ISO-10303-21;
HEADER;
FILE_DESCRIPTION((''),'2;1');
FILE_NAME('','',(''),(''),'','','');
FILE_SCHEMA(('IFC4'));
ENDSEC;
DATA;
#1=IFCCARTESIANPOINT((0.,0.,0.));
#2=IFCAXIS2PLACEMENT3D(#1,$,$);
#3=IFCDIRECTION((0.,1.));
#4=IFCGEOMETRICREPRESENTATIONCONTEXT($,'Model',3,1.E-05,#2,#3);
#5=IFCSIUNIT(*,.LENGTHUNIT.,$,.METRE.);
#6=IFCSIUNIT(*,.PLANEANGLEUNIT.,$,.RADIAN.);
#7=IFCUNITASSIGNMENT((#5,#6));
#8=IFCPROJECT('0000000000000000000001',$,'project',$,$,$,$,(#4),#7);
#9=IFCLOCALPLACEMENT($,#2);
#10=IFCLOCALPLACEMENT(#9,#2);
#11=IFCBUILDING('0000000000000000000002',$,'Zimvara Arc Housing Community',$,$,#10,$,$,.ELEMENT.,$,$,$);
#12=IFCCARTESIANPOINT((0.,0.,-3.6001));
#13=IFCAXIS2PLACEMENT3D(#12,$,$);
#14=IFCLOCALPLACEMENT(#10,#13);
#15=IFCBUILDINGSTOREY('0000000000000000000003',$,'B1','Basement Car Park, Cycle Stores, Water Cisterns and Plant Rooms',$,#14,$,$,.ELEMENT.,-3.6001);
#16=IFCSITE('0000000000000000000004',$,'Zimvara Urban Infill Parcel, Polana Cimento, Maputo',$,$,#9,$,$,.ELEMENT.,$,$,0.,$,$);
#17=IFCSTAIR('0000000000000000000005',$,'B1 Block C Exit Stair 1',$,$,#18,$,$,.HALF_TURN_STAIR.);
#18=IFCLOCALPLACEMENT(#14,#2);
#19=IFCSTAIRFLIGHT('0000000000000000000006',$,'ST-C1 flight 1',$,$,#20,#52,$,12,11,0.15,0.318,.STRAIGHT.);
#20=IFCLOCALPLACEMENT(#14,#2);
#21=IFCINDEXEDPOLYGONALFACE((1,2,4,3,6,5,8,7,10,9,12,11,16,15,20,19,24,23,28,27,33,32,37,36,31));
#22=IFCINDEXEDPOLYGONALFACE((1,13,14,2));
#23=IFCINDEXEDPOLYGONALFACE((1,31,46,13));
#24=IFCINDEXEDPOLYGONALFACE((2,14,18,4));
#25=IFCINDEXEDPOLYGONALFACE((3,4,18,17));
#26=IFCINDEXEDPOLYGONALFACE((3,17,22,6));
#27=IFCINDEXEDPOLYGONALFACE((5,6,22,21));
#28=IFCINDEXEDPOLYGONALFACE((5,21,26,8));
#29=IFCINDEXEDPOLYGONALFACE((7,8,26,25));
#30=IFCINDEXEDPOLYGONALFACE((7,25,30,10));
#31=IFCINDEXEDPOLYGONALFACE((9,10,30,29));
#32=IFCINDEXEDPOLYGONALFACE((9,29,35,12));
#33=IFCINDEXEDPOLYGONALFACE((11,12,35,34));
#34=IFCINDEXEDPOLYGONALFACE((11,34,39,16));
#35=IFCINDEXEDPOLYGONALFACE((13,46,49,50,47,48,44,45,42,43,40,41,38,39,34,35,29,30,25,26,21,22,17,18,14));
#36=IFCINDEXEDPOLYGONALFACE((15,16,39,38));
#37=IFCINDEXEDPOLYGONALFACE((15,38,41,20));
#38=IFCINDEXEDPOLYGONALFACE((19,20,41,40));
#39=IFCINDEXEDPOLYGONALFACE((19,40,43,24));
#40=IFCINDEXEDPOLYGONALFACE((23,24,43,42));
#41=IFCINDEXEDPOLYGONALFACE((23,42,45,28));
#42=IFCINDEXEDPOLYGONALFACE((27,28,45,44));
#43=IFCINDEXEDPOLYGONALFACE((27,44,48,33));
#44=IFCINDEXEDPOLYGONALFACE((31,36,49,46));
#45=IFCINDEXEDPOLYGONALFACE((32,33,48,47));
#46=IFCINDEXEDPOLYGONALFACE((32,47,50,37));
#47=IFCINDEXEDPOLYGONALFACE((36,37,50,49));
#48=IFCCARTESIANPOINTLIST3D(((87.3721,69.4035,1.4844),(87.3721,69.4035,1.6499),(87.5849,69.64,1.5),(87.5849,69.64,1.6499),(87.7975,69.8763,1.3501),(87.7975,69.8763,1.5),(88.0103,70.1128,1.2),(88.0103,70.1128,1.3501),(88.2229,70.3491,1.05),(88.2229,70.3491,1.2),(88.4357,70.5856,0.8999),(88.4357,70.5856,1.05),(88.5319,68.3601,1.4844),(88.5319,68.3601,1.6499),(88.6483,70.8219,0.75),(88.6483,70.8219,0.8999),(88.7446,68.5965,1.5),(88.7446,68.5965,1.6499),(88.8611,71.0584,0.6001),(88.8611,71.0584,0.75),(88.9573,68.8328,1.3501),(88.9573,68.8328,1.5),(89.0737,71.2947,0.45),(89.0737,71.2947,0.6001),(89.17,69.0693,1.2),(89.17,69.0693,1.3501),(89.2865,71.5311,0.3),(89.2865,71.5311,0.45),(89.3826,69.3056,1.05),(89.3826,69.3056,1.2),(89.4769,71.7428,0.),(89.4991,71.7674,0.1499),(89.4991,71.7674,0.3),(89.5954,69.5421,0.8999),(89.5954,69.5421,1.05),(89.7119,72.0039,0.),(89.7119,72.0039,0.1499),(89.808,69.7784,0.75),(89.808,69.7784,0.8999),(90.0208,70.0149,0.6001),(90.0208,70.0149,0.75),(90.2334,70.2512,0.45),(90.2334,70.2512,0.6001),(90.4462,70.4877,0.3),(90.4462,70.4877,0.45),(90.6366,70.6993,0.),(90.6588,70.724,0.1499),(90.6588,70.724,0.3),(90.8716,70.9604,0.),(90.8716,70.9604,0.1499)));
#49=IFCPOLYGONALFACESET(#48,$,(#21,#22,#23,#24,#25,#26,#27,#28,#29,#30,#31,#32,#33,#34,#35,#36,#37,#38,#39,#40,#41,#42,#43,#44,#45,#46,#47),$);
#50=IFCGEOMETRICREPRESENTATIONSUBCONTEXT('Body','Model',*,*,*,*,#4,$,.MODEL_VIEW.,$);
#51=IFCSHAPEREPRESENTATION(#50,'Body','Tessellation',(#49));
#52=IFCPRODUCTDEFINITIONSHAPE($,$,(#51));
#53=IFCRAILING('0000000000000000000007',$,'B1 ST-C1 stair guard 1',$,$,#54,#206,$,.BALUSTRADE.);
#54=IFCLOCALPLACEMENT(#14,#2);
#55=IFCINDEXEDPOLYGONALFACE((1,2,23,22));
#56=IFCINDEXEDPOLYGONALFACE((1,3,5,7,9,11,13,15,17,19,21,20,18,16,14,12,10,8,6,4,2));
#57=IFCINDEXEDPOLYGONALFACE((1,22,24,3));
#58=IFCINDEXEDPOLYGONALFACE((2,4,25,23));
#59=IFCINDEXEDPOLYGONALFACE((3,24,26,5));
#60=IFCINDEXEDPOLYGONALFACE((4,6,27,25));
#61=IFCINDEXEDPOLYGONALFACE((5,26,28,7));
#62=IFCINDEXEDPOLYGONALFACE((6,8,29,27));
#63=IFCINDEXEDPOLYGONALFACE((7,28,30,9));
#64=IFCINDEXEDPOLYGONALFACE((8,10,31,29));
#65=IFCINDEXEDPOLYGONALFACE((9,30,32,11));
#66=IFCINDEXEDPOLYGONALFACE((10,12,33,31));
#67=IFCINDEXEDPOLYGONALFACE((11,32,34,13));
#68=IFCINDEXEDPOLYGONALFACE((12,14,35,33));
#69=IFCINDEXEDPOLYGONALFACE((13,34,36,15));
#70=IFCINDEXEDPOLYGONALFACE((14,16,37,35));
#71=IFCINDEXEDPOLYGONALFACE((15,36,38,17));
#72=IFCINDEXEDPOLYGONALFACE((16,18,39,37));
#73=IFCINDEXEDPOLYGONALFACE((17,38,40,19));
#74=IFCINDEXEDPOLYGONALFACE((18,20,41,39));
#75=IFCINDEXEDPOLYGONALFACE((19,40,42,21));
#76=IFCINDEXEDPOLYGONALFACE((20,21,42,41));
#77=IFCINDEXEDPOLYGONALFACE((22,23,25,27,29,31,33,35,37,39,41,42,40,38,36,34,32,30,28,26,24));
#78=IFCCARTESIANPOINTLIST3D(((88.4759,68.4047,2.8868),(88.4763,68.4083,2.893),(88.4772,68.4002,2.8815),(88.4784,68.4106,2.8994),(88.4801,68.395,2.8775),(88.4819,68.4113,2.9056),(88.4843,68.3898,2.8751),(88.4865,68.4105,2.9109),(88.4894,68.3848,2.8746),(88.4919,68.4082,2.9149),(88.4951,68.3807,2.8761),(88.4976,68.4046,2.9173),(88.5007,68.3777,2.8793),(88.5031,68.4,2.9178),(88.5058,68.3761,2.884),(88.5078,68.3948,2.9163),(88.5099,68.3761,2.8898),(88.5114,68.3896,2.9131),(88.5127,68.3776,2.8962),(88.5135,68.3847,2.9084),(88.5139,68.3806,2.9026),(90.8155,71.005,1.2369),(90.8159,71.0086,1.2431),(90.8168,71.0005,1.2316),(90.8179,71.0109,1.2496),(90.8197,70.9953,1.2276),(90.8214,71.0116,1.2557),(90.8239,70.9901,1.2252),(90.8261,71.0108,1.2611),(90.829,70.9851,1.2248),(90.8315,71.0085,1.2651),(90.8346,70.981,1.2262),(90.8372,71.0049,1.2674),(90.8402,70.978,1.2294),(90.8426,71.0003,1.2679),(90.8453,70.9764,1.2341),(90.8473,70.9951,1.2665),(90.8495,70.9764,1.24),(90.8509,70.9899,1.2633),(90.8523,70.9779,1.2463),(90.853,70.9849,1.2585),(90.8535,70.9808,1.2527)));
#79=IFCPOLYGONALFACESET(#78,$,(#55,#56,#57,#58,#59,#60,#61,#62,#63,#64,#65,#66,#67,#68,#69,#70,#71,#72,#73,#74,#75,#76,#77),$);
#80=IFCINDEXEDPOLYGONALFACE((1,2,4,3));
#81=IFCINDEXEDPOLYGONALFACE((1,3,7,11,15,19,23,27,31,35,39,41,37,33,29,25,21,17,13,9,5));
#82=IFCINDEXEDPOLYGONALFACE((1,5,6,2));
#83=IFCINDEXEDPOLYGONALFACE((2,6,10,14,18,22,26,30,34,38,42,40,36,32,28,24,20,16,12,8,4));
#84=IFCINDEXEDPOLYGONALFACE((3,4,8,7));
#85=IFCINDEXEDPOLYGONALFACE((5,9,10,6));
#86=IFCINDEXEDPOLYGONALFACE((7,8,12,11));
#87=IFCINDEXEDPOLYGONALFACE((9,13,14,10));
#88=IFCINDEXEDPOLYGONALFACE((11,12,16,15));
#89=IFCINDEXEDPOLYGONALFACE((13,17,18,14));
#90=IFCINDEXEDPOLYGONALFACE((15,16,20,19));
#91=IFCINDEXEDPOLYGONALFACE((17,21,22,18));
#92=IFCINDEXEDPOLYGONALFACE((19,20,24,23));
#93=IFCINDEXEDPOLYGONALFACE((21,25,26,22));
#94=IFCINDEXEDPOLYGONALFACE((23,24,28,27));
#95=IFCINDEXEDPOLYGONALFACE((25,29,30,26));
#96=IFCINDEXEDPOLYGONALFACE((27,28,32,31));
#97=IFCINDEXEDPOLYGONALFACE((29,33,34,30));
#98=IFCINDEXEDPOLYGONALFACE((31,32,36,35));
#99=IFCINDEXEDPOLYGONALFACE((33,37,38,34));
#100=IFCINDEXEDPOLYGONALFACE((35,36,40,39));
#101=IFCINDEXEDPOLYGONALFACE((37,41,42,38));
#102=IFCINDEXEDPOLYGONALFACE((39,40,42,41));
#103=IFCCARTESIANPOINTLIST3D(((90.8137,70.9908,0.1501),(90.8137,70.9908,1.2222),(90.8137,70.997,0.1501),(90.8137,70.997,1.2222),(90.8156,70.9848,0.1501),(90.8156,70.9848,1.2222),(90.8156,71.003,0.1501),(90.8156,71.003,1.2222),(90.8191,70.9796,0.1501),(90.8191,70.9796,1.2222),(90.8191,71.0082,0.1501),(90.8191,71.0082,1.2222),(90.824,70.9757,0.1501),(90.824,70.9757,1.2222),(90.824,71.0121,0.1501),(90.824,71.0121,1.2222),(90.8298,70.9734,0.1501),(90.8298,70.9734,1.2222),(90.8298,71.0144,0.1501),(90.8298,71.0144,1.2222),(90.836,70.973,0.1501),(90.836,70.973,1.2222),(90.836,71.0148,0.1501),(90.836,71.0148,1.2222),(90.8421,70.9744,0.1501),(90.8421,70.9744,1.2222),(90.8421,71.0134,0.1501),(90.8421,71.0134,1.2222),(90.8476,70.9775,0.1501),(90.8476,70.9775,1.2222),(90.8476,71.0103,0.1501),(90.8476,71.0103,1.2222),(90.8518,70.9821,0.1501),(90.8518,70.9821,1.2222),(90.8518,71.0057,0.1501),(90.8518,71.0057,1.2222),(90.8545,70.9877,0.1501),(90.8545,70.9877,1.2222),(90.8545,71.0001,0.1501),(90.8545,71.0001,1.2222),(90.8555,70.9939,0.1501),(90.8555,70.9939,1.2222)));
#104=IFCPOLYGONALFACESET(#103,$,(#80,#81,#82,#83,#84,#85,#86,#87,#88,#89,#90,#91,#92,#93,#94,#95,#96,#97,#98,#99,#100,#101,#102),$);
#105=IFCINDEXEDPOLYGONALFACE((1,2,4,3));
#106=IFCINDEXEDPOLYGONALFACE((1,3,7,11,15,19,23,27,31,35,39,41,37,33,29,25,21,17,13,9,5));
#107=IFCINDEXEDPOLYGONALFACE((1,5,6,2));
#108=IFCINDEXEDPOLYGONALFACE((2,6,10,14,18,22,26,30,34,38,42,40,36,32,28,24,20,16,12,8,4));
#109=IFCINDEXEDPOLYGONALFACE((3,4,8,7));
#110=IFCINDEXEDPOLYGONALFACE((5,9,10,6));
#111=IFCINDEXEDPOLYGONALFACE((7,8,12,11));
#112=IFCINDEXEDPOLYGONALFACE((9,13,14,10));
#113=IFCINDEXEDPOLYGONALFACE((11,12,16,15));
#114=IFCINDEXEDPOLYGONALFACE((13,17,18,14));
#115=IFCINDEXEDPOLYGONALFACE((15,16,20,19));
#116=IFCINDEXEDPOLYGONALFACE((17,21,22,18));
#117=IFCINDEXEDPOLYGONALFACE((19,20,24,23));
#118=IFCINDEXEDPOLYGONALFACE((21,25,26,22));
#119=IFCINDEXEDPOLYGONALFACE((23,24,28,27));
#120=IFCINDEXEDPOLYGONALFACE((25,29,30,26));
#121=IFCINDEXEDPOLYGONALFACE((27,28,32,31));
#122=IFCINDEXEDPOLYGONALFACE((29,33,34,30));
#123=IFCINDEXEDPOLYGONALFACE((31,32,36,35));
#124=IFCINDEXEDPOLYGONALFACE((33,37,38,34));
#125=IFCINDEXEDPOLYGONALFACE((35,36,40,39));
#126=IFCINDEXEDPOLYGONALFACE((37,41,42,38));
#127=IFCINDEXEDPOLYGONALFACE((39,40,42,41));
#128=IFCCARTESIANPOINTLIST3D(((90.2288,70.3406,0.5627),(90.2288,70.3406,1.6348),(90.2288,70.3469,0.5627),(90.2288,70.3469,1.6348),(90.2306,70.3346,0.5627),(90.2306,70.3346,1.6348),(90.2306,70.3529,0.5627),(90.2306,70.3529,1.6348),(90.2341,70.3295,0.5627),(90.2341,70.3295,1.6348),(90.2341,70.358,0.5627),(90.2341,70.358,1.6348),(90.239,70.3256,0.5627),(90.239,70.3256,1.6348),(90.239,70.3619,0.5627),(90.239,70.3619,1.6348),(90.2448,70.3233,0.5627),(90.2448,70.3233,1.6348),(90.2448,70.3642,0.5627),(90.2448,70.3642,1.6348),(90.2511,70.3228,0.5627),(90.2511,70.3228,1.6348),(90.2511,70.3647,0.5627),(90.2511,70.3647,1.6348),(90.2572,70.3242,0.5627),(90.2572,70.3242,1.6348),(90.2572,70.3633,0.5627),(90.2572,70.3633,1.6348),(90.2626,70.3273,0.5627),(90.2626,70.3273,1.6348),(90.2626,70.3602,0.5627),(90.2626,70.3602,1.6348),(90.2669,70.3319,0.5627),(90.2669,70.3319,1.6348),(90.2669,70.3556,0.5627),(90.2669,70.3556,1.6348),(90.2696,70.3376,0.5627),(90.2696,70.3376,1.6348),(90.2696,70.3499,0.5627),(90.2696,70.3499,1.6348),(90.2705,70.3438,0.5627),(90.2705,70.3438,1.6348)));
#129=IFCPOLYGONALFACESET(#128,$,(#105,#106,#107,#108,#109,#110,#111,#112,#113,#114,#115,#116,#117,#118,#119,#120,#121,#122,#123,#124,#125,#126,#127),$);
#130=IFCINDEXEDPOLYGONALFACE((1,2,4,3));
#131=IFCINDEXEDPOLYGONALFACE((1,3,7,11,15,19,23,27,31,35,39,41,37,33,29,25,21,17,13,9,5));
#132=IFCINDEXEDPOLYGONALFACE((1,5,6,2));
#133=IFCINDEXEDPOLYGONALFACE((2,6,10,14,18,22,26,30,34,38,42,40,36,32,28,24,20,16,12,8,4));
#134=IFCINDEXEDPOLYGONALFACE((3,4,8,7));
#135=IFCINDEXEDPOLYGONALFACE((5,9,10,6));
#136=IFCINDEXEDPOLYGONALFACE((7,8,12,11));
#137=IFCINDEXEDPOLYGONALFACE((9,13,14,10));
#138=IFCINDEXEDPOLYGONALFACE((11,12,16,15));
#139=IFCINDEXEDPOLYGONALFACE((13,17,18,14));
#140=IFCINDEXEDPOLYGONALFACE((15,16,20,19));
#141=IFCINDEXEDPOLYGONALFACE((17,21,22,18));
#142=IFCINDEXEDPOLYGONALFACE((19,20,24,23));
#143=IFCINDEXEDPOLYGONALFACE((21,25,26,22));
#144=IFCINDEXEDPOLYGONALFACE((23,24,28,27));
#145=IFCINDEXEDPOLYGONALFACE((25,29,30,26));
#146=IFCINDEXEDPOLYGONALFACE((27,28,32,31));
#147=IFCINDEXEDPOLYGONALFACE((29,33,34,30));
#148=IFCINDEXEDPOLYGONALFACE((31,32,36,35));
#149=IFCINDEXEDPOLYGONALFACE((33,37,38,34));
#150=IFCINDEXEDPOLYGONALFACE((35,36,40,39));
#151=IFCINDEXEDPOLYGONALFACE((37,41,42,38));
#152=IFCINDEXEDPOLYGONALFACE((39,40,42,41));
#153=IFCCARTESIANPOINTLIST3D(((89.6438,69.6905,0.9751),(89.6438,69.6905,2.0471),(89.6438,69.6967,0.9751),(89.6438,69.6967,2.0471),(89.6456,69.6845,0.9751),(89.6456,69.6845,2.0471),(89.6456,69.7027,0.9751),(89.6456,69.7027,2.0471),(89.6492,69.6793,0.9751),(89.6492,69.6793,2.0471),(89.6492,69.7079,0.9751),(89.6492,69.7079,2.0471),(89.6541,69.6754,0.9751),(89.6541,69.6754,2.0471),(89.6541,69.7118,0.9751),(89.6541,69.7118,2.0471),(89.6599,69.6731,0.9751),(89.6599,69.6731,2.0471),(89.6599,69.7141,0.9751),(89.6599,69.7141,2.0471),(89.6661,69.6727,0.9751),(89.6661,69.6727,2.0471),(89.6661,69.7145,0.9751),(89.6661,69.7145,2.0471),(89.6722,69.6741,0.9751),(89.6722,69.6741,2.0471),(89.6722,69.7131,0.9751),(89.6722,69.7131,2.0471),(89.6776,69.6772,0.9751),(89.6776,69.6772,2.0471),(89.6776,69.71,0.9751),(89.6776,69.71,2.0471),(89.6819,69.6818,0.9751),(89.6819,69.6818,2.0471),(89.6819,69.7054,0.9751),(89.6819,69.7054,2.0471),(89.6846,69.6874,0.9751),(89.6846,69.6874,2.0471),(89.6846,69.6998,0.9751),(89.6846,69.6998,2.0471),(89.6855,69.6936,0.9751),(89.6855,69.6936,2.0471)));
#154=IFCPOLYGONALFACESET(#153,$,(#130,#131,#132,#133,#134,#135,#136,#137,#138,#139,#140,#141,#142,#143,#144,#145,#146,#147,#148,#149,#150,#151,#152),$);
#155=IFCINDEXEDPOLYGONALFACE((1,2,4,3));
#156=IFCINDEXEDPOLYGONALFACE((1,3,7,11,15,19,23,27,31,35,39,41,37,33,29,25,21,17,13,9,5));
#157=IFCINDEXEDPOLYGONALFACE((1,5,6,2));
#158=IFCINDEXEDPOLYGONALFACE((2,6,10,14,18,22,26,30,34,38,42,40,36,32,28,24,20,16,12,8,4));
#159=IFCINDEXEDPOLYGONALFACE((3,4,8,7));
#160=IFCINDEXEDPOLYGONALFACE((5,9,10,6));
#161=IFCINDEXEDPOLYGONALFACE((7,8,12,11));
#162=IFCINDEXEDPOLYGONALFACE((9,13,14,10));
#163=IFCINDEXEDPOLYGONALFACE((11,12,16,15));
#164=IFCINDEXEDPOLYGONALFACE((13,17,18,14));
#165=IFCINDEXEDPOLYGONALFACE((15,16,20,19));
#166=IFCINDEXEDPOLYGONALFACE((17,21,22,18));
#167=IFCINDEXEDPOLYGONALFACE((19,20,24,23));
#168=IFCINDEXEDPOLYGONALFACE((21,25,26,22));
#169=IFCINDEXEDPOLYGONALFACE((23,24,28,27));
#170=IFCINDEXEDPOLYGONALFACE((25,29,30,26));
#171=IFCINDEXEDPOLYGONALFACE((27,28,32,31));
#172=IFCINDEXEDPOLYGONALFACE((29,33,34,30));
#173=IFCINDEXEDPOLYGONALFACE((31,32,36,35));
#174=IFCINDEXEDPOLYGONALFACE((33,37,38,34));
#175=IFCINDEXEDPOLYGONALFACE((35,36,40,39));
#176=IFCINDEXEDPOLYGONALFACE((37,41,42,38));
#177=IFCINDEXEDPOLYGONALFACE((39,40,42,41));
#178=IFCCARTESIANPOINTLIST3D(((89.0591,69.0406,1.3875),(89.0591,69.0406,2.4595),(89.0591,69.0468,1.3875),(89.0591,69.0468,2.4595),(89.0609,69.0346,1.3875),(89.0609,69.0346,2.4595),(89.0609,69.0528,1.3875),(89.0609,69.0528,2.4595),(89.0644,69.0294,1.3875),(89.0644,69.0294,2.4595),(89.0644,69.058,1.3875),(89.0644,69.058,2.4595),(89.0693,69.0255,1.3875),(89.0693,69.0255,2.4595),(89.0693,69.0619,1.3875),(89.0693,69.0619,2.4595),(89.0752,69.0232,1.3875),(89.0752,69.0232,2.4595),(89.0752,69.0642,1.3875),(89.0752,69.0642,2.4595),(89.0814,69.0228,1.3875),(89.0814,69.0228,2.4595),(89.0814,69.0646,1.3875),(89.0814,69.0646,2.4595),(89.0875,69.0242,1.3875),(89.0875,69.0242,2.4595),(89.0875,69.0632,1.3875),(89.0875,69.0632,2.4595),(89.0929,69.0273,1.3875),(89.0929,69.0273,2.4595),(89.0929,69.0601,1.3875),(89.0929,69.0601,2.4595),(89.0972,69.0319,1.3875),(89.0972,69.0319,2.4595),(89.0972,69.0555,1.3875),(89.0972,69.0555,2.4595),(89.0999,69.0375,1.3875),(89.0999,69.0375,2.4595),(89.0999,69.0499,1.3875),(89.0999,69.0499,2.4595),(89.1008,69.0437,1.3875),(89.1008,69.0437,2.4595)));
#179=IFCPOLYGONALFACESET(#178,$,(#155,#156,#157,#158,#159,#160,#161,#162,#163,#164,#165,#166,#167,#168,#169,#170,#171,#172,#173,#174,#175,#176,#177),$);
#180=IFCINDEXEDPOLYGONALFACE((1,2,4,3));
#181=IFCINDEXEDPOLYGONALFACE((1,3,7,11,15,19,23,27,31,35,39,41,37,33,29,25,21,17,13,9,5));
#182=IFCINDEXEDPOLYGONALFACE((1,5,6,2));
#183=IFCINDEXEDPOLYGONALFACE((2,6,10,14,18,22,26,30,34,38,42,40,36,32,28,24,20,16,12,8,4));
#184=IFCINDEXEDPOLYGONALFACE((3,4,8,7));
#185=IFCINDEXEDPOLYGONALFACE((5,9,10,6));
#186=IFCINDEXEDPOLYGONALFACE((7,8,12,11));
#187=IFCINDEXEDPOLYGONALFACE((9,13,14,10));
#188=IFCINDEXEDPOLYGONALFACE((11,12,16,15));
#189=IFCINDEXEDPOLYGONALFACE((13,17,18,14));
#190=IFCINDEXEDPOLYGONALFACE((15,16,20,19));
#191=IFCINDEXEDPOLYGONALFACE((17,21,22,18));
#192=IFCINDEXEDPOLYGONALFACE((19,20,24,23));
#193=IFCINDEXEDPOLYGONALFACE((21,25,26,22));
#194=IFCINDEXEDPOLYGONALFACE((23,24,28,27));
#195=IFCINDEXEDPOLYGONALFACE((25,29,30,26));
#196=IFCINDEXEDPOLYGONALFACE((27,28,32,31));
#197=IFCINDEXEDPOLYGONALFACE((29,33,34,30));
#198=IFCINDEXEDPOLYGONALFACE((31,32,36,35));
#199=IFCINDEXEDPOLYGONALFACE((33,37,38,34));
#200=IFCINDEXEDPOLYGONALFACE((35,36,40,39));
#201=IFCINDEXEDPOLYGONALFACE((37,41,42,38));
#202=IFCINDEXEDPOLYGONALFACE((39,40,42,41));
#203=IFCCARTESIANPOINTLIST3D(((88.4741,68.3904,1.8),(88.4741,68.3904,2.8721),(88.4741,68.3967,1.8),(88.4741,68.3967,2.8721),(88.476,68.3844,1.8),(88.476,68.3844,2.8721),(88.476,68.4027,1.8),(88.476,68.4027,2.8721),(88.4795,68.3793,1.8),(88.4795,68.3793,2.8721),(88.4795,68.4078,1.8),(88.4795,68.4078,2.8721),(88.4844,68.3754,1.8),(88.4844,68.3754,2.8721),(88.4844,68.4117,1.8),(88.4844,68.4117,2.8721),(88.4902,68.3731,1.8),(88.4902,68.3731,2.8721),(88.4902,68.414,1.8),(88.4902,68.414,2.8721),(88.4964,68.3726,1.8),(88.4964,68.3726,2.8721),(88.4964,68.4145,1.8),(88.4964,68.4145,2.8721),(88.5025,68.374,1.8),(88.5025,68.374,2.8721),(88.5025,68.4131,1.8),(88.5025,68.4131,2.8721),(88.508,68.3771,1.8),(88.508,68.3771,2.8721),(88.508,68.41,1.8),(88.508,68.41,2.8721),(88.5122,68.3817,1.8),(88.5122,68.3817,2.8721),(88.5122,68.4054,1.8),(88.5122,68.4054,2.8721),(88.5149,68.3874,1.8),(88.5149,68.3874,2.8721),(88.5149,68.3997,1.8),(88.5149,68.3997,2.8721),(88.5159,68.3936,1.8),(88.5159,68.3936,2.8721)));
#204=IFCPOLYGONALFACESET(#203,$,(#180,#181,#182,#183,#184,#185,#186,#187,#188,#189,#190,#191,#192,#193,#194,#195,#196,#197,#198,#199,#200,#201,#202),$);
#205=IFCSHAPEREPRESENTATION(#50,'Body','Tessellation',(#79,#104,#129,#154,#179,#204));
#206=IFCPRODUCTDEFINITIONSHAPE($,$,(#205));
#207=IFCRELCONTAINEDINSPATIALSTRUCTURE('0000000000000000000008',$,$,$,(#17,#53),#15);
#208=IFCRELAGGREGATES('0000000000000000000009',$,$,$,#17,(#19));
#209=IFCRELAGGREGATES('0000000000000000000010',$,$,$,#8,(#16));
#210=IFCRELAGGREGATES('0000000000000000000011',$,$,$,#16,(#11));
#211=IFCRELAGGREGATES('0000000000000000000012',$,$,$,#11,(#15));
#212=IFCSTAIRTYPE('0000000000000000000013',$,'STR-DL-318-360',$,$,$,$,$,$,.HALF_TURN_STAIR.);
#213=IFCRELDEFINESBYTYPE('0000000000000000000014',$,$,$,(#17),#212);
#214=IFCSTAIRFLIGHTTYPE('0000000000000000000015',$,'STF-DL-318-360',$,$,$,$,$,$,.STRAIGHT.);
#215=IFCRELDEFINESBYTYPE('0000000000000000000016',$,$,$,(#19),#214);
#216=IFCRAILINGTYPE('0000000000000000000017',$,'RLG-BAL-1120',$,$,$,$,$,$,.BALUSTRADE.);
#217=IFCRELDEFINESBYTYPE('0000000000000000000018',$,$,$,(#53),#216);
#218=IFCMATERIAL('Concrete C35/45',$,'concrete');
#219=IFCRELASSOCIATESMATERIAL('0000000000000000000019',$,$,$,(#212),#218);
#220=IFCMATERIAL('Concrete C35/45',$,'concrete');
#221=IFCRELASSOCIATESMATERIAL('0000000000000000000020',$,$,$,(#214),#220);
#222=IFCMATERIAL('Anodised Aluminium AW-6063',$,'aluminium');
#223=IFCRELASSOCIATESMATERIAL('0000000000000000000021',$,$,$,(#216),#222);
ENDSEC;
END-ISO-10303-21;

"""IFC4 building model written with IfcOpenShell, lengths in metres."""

from ifc_helpers import new_model, si_unit, direction, frame, origin, origin_2d, place, context, subcontext, project, spatial, polyline, circle, outline, extrude, material, type_object, element, aggregate, save


model = new_model("IFC4")

# Units and contexts
model_context = context("Model", 3, precision=1e-05, world=origin(), true_north=direction((0.0, 1.0)))
body_context = subcontext(model_context, "Body", "Model", "MODEL_VIEW")
ifc_project = project(units=[si_unit("LENGTHUNIT", "METRE"), si_unit("PLANEANGLEUNIT", "RADIAN")], contexts=[model_context])

# Site, building, storey
site_placement = place(None, origin())
site = spatial("IfcSite", under=ifc_project, at=site_placement, Name="Zimvara Urban Infill Parcel, Polana Cimento, Maputo", CompositionType="ELEMENT", RefElevation=0.0)
building_placement = place(site_placement, origin())
building = spatial("IfcBuilding", under=site, at=building_placement, Name="Zimvara Arc Housing Community", CompositionType="ELEMENT")
storey_placement = place(building_placement, frame((0.0, 0.0, -3.6001)))
storey = spatial("IfcBuildingStorey", under=building, at=storey_placement, Name="B1", Description="Basement Car Park, Cycle Stores, Water Cisterns and Plant Rooms", CompositionType="ELEMENT", Elevation=-3.6001)

# Stair, stair flight
ifc_material_1 = material(Name="Concrete C35/45", Category="concrete")
stair_type = type_object("IfcStairType", Name="STR-DL-318-360", PredefinedType="HALF_TURN_STAIR", material=ifc_material_1)
stair_placement = place(storey_placement, origin())
stair = element("IfcStair", 1, at=stair_placement, inside=storey, type_object=stair_type, Name="B1 Block C Exit Stair 1", PredefinedType="HALF_TURN_STAIR")
ifc_material_2 = material(Name="Concrete C35/45", Category="concrete")
stair_flight_type = type_object("IfcStairFlightType", Name="STF-DL-318-360", PredefinedType="STRAIGHT", material=ifc_material_2)
stair_flight_placement = place(storey_placement, frame((90.2917, 71.4822, 0.0), z_axis=(0.0, 0.0, 1.0), x_axis=(-0.668871, -0.743378, 0.0)))
stair_flight = element("IfcStairFlight", 2, at=stair_flight_placement, type_object=stair_flight_type, Name="ST-C1 flight 1", NumberOfRisers=12, NumberOfTreads=11, PredefinedType="STRAIGHT", RiserHeight=0.15, TreadLength=0.318, context=body_context, shape_type="SweptSolid", body=[
    extrude(outline(polyline([(0.0, 0.0), (0.0, 0.1499), (0.3181, 0.1499), (0.3181, 0.3), (0.636, 0.3), (0.636, 0.45), (0.9541, 0.45), (0.9541, 0.6001), (1.272, 0.6001), (1.272, 0.75), (1.5901, 0.75), (1.5901, 0.8999), (1.908, 0.8999), (1.908, 1.05), (2.2261, 1.05), (2.2261, 1.2), (2.5439, 1.2), (2.5439, 1.3501), (2.8621, 1.3501), (2.8621, 1.5), (3.1799, 1.5), (3.1799, 1.6499), (3.498, 1.6499), (3.498, 1.8), (3.498, 1.4844), (0.3513, 0.0), (0.0, 0.0)])), frame((0.0, 0.78, 0.0), z_axis=(0.0, -1.0, 0.0), x_axis=(1.0, 0.0, 0.0)), (0.0, 0.0, 1.0), 1.5601),
])
aggregate(stair, [stair_flight])

# Railing
ifc_material_3 = material(Name="Anodised Aluminium AW-6063", Category="aluminium")
railing_type_1 = type_object("IfcRailingType", Name="RLG-BAL-1120", PredefinedType="BALUSTRADE", material=ifc_material_3)
railing_1_placement = place(storey_placement, frame((90.8345, 70.9939, 0.1501)))
element("IfcRailing", 3, at=railing_1_placement, inside=storey, type_object=railing_type_1, Name="B1 ST-C1 stair guard 1", PredefinedType="BALUSTRADE", context=body_context, shape_type="SweptSolid", body=[
    extrude(circle(Radius=0.0239, at=origin_2d()), frame((0.0, 0.0, 1.0962), z_axis=(-0.604936, -0.672354, 0.426605), x_axis=(0.743395, -0.668853, 0.0)), (0.0, 0.0, 1.0), 3.8674),
    extrude(circle(Radius=0.021, at=origin_2d()), origin(), (0.0, 0.0, 1.0), 1.072),
    extrude(circle(Radius=0.021, at=origin_2d()), frame((-0.585, -0.6501, 0.4126)), (0.0, 0.0, 1.0), 1.072),
    extrude(circle(Radius=0.021, at=origin_2d()), frame((-1.1699, -1.3003, 0.825)), (0.0, 0.0, 1.0), 1.072),
    extrude(circle(Radius=0.021, at=origin_2d()), frame((-1.7546, -1.9502, 1.2373)), (0.0, 0.0, 1.0), 1.072),
    extrude(circle(Radius=0.021, at=origin_2d()), frame((-2.3396, -2.6003, 1.6499)), (0.0, 0.0, 1.0), 1.072),
])

save(model, "model.ifc")
